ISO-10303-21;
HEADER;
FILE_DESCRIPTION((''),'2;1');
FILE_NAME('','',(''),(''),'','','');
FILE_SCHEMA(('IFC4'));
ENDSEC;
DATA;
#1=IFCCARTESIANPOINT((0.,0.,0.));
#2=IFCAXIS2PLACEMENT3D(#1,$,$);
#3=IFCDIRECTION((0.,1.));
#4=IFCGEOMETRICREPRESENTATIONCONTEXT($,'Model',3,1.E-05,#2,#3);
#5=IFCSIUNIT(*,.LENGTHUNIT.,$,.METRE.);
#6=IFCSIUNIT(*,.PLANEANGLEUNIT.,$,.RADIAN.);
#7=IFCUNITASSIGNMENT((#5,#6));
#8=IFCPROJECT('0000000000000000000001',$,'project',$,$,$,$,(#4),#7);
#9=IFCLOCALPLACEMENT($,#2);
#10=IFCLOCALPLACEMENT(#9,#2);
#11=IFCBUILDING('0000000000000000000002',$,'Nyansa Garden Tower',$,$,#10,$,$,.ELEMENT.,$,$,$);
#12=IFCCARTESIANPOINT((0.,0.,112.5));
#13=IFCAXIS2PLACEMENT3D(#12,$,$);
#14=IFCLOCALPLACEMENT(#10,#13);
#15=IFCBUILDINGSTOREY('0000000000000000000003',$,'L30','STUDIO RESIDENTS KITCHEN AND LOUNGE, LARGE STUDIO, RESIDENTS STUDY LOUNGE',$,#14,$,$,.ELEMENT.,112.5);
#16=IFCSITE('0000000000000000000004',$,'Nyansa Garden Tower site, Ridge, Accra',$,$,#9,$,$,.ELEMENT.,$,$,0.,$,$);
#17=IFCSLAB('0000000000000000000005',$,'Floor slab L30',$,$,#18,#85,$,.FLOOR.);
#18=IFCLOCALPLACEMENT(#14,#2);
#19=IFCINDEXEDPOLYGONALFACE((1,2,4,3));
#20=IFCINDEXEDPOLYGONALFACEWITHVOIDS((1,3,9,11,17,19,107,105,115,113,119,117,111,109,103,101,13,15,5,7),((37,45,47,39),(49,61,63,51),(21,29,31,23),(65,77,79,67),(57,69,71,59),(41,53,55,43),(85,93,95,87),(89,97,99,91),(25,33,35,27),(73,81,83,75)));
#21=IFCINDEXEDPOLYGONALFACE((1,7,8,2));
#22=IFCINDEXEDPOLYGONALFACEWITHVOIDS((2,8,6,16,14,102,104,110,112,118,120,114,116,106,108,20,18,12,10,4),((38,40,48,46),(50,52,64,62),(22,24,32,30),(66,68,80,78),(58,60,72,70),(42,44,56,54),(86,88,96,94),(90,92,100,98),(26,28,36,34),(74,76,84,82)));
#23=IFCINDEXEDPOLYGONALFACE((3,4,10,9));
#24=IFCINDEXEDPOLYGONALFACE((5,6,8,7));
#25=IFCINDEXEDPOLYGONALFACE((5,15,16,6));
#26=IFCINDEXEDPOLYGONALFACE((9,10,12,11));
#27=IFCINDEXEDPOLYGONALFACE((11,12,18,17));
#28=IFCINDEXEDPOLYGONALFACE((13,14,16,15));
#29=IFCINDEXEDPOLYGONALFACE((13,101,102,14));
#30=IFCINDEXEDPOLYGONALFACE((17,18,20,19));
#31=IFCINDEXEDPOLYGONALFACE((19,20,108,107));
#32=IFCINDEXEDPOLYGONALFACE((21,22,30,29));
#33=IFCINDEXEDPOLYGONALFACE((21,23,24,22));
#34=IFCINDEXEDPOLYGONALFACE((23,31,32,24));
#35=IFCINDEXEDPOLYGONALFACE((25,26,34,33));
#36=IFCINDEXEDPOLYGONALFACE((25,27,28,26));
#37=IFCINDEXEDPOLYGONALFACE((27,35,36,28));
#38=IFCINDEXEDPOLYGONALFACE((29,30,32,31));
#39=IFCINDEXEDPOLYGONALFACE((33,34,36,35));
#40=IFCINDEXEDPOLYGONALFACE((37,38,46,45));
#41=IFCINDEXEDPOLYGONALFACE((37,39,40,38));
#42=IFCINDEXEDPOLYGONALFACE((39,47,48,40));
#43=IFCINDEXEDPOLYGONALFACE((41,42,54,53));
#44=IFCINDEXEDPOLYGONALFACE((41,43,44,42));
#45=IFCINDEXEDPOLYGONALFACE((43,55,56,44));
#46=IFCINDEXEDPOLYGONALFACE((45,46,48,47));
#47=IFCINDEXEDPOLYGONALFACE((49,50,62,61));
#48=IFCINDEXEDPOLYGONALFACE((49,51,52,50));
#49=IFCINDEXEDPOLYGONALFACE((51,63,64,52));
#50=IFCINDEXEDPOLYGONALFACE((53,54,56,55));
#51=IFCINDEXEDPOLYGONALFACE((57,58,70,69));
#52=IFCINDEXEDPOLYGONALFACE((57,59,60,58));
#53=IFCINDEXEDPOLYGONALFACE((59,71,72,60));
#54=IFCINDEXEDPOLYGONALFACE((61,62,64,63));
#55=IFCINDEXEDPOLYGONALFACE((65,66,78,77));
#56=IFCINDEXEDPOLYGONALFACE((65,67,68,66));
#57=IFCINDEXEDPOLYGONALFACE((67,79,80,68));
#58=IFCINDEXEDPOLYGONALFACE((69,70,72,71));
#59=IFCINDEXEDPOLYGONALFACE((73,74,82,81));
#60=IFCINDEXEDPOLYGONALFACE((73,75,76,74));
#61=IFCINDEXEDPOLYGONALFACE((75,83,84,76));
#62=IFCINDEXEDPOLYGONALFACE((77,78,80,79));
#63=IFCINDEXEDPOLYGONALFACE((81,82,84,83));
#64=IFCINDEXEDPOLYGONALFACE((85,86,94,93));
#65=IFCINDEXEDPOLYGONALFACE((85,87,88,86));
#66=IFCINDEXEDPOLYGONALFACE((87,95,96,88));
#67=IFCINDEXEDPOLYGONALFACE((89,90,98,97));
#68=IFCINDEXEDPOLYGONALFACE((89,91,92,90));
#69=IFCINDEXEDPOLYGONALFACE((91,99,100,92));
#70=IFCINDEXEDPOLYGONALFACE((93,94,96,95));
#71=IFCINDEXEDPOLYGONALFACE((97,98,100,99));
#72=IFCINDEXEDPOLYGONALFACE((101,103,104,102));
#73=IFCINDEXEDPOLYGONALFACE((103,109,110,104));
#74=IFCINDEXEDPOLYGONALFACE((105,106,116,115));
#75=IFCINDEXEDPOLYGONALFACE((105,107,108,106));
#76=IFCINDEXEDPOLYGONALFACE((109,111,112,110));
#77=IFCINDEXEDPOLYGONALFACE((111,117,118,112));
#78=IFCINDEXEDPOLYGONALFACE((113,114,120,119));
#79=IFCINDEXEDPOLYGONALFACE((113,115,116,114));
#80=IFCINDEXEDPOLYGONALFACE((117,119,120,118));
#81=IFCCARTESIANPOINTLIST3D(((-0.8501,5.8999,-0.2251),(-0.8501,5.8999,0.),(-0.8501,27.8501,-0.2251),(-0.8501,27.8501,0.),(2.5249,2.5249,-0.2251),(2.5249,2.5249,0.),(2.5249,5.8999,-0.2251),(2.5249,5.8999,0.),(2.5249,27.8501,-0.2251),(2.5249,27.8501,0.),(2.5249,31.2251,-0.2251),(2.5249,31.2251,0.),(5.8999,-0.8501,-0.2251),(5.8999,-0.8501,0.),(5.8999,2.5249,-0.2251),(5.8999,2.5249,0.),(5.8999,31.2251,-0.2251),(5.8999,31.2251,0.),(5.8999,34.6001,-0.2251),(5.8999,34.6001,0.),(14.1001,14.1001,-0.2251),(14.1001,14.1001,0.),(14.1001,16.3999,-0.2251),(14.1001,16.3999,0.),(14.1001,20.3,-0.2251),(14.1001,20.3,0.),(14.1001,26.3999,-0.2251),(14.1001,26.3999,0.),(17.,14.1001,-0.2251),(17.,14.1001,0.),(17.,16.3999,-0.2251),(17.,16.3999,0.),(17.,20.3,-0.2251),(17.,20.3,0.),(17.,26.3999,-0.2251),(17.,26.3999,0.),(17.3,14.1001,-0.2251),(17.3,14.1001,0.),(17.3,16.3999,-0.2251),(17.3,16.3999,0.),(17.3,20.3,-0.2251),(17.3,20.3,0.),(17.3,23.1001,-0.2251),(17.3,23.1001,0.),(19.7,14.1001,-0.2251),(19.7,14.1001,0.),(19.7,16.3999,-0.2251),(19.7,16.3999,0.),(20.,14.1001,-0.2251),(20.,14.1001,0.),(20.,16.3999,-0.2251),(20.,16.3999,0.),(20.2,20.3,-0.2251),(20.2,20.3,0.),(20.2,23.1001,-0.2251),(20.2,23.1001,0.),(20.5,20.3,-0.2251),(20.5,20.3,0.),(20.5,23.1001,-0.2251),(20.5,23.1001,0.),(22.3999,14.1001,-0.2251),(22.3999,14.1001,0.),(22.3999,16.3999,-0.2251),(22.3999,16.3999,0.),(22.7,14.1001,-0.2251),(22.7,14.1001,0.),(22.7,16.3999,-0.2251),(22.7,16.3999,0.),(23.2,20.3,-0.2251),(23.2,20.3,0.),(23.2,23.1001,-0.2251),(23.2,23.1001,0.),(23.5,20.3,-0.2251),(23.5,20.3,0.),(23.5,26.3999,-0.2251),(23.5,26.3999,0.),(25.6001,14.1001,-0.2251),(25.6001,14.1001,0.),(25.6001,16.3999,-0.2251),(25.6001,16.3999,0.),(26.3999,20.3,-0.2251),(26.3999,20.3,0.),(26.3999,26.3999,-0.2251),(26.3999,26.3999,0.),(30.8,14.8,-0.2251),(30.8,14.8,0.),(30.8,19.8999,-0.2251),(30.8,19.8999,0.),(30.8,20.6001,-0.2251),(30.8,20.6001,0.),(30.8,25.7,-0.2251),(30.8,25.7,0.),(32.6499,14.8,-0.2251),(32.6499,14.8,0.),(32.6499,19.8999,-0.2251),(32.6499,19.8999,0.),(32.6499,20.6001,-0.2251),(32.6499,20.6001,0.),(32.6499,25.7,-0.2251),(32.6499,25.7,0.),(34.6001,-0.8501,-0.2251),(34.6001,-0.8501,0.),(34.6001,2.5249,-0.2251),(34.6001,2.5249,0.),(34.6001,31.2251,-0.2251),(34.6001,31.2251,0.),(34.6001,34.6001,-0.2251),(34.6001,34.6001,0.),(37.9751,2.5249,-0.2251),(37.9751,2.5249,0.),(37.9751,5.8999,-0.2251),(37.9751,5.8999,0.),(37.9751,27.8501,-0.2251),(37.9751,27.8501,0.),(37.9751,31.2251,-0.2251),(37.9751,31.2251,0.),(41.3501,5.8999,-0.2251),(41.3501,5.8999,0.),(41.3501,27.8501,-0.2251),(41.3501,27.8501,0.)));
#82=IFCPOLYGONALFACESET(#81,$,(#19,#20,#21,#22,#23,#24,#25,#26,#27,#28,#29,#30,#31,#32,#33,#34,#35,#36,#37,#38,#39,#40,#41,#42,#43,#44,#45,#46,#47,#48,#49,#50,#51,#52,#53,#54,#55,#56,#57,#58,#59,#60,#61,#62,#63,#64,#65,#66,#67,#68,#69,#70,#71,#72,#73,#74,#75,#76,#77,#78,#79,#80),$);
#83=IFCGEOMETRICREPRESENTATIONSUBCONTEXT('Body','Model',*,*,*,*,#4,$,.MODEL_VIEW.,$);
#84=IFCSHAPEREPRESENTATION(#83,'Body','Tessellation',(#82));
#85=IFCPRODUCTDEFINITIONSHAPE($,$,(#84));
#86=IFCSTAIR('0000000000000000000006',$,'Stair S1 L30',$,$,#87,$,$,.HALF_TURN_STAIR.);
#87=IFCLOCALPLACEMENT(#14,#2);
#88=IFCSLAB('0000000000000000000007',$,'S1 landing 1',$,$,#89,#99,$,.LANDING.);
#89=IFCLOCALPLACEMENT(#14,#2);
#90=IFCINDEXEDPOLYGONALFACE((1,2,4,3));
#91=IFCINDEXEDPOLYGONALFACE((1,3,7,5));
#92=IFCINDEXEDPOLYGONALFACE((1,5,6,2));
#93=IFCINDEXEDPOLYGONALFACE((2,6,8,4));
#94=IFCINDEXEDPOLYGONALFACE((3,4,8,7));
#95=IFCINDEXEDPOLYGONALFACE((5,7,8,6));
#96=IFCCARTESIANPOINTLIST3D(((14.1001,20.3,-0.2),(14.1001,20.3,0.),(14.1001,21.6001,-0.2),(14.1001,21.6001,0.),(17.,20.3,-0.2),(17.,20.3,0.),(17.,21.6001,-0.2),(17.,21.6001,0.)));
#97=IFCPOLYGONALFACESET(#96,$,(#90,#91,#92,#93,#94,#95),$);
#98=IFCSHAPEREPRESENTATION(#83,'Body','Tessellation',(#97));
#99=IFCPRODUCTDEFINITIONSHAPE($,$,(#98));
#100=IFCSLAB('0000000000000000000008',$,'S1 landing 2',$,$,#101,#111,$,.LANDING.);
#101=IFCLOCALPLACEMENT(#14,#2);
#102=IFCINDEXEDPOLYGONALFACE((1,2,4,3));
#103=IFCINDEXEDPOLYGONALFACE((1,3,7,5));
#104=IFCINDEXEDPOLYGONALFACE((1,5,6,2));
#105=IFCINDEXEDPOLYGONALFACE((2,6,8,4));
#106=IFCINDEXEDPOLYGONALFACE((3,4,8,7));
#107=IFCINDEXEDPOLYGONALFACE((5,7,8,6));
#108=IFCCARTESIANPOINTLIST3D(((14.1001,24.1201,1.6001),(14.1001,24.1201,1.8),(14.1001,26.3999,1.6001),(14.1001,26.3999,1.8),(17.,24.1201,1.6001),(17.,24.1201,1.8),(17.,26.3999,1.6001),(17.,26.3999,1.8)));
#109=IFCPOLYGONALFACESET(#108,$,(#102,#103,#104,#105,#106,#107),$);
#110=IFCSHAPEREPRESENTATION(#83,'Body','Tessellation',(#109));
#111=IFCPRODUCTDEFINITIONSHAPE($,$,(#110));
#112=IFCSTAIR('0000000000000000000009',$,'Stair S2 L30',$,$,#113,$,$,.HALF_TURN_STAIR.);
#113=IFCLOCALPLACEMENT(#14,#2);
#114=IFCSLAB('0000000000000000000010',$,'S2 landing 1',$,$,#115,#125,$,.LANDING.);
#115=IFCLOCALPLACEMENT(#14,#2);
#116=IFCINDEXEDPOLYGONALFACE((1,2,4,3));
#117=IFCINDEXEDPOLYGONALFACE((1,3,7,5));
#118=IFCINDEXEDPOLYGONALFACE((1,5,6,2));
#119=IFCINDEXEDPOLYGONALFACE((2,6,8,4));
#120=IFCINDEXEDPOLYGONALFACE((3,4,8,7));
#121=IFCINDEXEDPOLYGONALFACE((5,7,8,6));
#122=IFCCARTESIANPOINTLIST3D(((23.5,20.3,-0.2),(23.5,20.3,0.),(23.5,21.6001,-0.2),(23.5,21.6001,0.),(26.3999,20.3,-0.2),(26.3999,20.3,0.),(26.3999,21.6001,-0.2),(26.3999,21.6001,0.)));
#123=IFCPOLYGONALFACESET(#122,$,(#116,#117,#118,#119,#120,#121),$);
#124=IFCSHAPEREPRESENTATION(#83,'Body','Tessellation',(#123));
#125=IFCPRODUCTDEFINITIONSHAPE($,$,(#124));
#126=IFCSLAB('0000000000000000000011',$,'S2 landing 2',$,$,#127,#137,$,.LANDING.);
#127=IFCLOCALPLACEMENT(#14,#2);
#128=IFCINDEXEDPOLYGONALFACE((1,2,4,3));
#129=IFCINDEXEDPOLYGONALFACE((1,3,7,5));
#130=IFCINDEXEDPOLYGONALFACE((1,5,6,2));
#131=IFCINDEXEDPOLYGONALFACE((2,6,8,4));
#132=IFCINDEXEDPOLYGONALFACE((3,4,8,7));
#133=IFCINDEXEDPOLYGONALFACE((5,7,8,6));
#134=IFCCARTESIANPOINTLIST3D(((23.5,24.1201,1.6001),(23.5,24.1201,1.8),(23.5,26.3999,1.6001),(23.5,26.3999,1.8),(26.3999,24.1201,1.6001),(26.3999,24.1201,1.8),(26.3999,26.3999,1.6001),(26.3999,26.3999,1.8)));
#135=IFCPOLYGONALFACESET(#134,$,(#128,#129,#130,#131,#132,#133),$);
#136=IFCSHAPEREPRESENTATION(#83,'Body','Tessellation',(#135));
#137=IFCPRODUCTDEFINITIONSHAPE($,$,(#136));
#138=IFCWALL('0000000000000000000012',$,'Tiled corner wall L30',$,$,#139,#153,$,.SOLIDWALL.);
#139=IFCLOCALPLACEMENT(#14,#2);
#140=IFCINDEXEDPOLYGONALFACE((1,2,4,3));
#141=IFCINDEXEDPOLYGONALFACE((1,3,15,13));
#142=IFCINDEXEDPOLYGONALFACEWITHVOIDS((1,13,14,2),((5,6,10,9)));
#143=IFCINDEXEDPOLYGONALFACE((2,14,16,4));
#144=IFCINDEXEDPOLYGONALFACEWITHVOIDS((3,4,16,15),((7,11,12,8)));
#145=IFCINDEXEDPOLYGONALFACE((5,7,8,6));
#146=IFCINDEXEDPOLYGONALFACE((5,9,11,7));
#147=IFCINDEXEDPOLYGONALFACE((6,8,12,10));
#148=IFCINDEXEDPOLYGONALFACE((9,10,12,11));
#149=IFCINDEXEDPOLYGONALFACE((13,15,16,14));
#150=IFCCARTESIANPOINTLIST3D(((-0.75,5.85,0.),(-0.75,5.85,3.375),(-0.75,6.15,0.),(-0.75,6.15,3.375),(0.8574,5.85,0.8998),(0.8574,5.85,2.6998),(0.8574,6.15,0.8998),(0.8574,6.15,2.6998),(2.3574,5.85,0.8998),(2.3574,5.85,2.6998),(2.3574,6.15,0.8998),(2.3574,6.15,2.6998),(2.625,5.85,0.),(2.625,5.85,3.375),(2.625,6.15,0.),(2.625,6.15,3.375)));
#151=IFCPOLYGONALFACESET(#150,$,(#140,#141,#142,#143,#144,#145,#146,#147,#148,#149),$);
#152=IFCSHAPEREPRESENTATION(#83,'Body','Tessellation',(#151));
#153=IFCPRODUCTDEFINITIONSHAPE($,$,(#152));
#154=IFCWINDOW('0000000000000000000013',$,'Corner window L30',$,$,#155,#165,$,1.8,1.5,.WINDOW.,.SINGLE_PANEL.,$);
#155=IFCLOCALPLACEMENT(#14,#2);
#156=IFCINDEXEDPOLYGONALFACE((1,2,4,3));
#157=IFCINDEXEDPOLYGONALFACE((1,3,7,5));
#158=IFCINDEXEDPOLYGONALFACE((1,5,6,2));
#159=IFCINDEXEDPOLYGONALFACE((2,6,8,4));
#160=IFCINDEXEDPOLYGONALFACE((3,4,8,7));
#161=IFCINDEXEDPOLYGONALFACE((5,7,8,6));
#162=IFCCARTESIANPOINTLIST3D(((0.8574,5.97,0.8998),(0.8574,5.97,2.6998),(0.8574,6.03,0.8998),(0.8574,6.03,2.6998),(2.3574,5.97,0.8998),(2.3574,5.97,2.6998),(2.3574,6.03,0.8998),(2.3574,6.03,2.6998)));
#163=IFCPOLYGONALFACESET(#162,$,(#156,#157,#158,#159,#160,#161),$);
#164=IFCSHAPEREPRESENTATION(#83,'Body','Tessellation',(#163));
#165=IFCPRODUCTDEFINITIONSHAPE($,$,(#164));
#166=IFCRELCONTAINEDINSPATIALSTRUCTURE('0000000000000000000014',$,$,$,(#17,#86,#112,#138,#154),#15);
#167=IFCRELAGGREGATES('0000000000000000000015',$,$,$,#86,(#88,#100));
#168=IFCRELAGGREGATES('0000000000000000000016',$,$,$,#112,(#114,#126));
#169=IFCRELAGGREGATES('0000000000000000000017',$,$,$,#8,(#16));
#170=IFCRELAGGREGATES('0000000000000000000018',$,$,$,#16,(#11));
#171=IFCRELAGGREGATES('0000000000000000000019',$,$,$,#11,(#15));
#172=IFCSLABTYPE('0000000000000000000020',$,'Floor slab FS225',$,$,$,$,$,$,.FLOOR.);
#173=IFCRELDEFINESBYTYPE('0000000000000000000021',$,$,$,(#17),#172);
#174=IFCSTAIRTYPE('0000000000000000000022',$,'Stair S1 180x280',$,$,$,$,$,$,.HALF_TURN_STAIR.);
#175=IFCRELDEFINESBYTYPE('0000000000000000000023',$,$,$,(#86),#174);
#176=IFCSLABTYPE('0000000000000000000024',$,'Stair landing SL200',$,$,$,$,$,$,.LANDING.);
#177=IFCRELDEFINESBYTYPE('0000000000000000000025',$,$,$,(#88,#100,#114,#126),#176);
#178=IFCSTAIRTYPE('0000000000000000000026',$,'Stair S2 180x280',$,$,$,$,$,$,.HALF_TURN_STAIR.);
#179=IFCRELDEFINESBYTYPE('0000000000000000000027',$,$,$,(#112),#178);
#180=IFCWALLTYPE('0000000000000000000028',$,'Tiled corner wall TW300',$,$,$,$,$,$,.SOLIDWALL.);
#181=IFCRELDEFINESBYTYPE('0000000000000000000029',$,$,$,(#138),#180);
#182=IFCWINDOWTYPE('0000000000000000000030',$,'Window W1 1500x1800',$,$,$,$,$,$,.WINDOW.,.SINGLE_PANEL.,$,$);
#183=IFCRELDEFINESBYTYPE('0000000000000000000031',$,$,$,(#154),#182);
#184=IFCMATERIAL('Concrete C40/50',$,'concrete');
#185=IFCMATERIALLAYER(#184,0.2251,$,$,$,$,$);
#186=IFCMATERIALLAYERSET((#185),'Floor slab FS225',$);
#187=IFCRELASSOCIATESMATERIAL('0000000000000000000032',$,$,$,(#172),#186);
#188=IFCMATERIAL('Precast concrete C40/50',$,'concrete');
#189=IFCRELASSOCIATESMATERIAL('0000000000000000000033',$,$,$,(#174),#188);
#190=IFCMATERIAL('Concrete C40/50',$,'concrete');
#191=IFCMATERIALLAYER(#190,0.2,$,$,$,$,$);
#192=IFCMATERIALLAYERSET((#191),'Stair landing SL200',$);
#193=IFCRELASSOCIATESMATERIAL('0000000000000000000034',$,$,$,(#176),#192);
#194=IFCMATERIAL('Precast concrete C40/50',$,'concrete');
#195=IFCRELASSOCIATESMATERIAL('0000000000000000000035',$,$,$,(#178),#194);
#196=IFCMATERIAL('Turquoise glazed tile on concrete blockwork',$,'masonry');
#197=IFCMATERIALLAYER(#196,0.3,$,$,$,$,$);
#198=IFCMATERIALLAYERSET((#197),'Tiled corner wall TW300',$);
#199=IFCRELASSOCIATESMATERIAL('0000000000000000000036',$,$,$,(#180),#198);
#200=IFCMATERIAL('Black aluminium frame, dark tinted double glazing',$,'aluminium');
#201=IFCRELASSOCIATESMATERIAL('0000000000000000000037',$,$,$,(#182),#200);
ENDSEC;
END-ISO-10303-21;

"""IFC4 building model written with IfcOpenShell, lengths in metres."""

from ifc_helpers import new_model, si_unit, direction, frame, frame_2d, origin, place, context, subcontext, project, spatial, polyline, rectangle, outline, extrude, material, layer, layer_set, type_object, element, fill, aggregate, save


model = new_model("IFC4")

# Units and contexts
model_context = context("Model", 3, precision=1e-05, world=origin(), true_north=direction((0.0, 1.0)))
body_context = subcontext(model_context, "Body", "Model", "MODEL_VIEW")
ifc_project = project(units=[si_unit("LENGTHUNIT", "METRE"), si_unit("PLANEANGLEUNIT", "RADIAN")], contexts=[model_context])

# Site, building, storey
site_placement = place(None, origin())
site = spatial("IfcSite", under=ifc_project, at=site_placement, Name="Nyansa Garden Tower site, Ridge, Accra", CompositionType="ELEMENT", RefElevation=0.0)
building_placement = place(site_placement, origin())
building = spatial("IfcBuilding", under=site, at=building_placement, Name="Nyansa Garden Tower", CompositionType="ELEMENT")
storey_placement = place(building_placement, frame((0.0, 0.0, 112.5)))
storey = spatial("IfcBuildingStorey", under=building, at=storey_placement, Name="L30", Description="STUDIO RESIDENTS KITCHEN AND LOUNGE, LARGE STUDIO, RESIDENTS STUDY LOUNGE", CompositionType="ELEMENT", Elevation=112.5)

# Slab
ifc_material_1 = material(Name="Concrete C40/50", Category="concrete")
ifc_layer_1 = layer(ifc_material_1, 0.2251)
ifc_layer_set_1 = layer_set([ifc_layer_1], Name="Floor slab FS225")
slab_type_1 = type_object("IfcSlabType", Name="Floor slab FS225", PredefinedType="FLOOR", material=ifc_layer_set_1)
slab_1_placement = place(storey_placement, frame((0.0, 0.0, -0.2251)))
element("IfcSlab", 1, at=slab_1_placement, inside=storey, type_object=slab_type_1, Name="Floor slab L30", PredefinedType="FLOOR", context=body_context, shape_type="SweptSolid", body=[
    extrude(outline(polyline([(41.3501, 5.8999), (37.9751, 5.8999), (37.9751, 2.5249), (34.6001, 2.5249), (34.6001, -0.8501), (5.8999, -0.8501), (5.8999, 2.5249), (2.5249, 2.5249), (2.5249, 5.8999), (-0.8501, 5.8999), (-0.8501, 27.8501), (2.5249, 27.8501), (2.5249, 31.2251), (5.8999, 31.2251), (5.8999, 34.6001), (34.6001, 34.6001), (34.6001, 31.2251), (37.9751, 31.2251), (37.9751, 27.8501), (41.3501, 27.8501), (41.3501, 5.8999)]), holes=[polyline([(14.1001, 14.1001), (17.0, 14.1001), (17.0, 16.3999), (14.1001, 16.3999), (14.1001, 14.1001)]), polyline([(17.3, 14.1001), (19.7, 14.1001), (19.7, 16.3999), (17.3, 16.3999), (17.3, 14.1001)]), polyline([(20.0, 14.1001), (22.3999, 14.1001), (22.3999, 16.3999), (20.0, 16.3999), (20.0, 14.1001)]), polyline([(22.7, 14.1001), (25.6001, 14.1001), (25.6001, 16.3999), (22.7, 16.3999), (22.7, 14.1001)]), polyline([(17.3, 20.3), (20.2, 20.3), (20.2, 23.1001), (17.3, 23.1001), (17.3, 20.3)]), polyline([(20.5, 20.3), (23.2, 20.3), (23.2, 23.1001), (20.5, 23.1001), (20.5, 20.3)]), polyline([(30.8, 14.8), (32.6499, 14.8), (32.6499, 19.8999), (30.8, 19.8999), (30.8, 14.8)]), polyline([(30.8, 20.6001), (32.6499, 20.6001), (32.6499, 25.7), (30.8, 25.7), (30.8, 20.6001)]), polyline([(14.1001, 20.3), (17.0, 20.3), (17.0, 26.3999), (14.1001, 26.3999), (14.1001, 20.3)]), polyline([(23.5, 20.3), (26.3999, 20.3), (26.3999, 26.3999), (23.5, 26.3999), (23.5, 20.3)])]), origin(), (0.0, 0.0, 1.0), 0.2251),
])

# Stairs, slabs
ifc_material_2 = material(Name="Precast concrete C40/50", Category="concrete")
stair_type_1 = type_object("IfcStairType", Name="Stair S1 180x280", PredefinedType="HALF_TURN_STAIR", material=ifc_material_2)
stair_1_placement = place(storey_placement, origin())
stair_1 = element("IfcStair", 2, at=stair_1_placement, inside=storey, type_object=stair_type_1, Name="Stair S1 L30", PredefinedType="HALF_TURN_STAIR")
ifc_material_3 = material(Name="Concrete C40/50", Category="concrete")
ifc_layer_2 = layer(ifc_material_3, 0.2)
ifc_layer_set_2 = layer_set([ifc_layer_2], Name="Stair landing SL200")
slab_type_2 = type_object("IfcSlabType", Name="Stair landing SL200", PredefinedType="LANDING", material=ifc_layer_set_2)
slab_2_placement = place(storey_placement, frame((0.0, 0.0, -0.2)))
slab_2 = element("IfcSlab", 3, at=slab_2_placement, type_object=slab_type_2, Name="S1 landing 1", PredefinedType="LANDING", context=body_context, shape_type="SweptSolid", body=[
    extrude(outline(polyline([(14.1001, 20.3), (17.0, 20.3), (17.0, 21.6001), (14.1001, 21.6001), (14.1001, 20.3)])), origin(), (0.0, 0.0, 1.0), 0.2),
])
slab_3_placement = place(storey_placement, frame((0.0, 0.0, 1.6001)))
slab_3 = element("IfcSlab", 4, at=slab_3_placement, type_object=slab_type_2, Name="S1 landing 2", PredefinedType="LANDING", context=body_context, shape_type="SweptSolid", body=[
    extrude(outline(polyline([(14.1001, 24.1201), (17.0, 24.1201), (17.0, 26.3999), (14.1001, 26.3999), (14.1001, 24.1201)])), origin(), (0.0, 0.0, 1.0), 0.2),
])
aggregate(stair_1, [slab_2, slab_3])
ifc_material_4 = material(Name="Precast concrete C40/50", Category="concrete")
stair_type_2 = type_object("IfcStairType", Name="Stair S2 180x280", PredefinedType="HALF_TURN_STAIR", material=ifc_material_4)
stair_2_placement = place(storey_placement, origin())
stair_2 = element("IfcStair", 5, at=stair_2_placement, inside=storey, type_object=stair_type_2, Name="Stair S2 L30", PredefinedType="HALF_TURN_STAIR")
slab_4_placement = place(storey_placement, frame((0.0, 0.0, -0.2)))
slab_4 = element("IfcSlab", 6, at=slab_4_placement, type_object=slab_type_2, Name="S2 landing 1", PredefinedType="LANDING", context=body_context, shape_type="SweptSolid", body=[
    extrude(outline(polyline([(23.5, 20.3), (26.3999, 20.3), (26.3999, 21.6001), (23.5, 21.6001), (23.5, 20.3)])), origin(), (0.0, 0.0, 1.0), 0.2),
])
slab_5_placement = place(storey_placement, frame((0.0, 0.0, 1.6001)))
slab_5 = element("IfcSlab", 7, at=slab_5_placement, type_object=slab_type_2, Name="S2 landing 2", PredefinedType="LANDING", context=body_context, shape_type="SweptSolid", body=[
    extrude(outline(polyline([(23.5, 24.1201), (26.3999, 24.1201), (26.3999, 26.3999), (23.5, 26.3999), (23.5, 24.1201)])), origin(), (0.0, 0.0, 1.0), 0.2),
])
aggregate(stair_2, [slab_4, slab_5])

# Wall, opening, window
ifc_material_5 = material(Name="Turquoise glazed tile on concrete blockwork", Category="masonry")
ifc_layer_3 = layer(ifc_material_5, 0.3)
ifc_layer_set_3 = layer_set([ifc_layer_3], Name="Tiled corner wall TW300")
wall_type = type_object("IfcWallType", Name="Tiled corner wall TW300", PredefinedType="SOLIDWALL", material=ifc_layer_set_3)
wall_1_placement = place(storey_placement, frame((-0.75, 6.0, 0.0), z_axis=(0.0, 0.0, 1.0), x_axis=(1.0, 0.0, 0.0)))
wall_1 = element("IfcWall", 8, at=wall_1_placement, inside=storey, type_object=wall_type, Name="Tiled corner wall L30", PredefinedType="SOLIDWALL", context=body_context, shape_type="SweptSolid", body=[
    extrude(rectangle(XDim=3.375, YDim=0.3, at=frame_2d((1.6875, 0.0))), origin(), (0.0, 0.0, 1.0), 3.375),
])
opening_1_placement = place(wall_1_placement, frame((1.6074, 0.0, 0.8999)))
opening_1 = element("IfcOpeningElement", 9, at=opening_1_placement, cuts=wall_1, PredefinedType="OPENING", context=body_context, shape_type="SweptSolid", body=[
    extrude(rectangle(XDim=1.5, YDim=1.8, at=frame_2d((0.75, 0.8999))), frame((0.0, 0.1599, 0.0), z_axis=(0.0, -1.0, 0.0), x_axis=(1.0, 0.0, 0.0)), (0.0, 0.0, 1.0), 0.3201),
])
ifc_material_6 = material(Name="Black aluminium frame, dark tinted double glazing", Category="aluminium")
window_type_1 = type_object("IfcWindowType", Name="Window W1 1500x1800", PartitioningType="SINGLE_PANEL", PredefinedType="WINDOW", material=ifc_material_6)
window_1_placement = place(opening_1_placement, origin())
window_1 = element("IfcWindow", 10, at=window_1_placement, inside=storey, type_object=window_type_1, Name="Corner window L30", OverallHeight=1.8, OverallWidth=1.5, PartitioningType="SINGLE_PANEL", PredefinedType="WINDOW", context=body_context, shape_type="SweptSolid", body=[
    extrude(rectangle(XDim=1.5, YDim=1.8, at=frame_2d((0.75, 0.8999))), frame((0.0, 0.03, 0.0), z_axis=(0.0, -1.0, 0.0), x_axis=(1.0, 0.0, 0.0)), (0.0, 0.0, 1.0), 0.0601),
])
fill(opening_1, window_1)

save(model, "model.ifc")
